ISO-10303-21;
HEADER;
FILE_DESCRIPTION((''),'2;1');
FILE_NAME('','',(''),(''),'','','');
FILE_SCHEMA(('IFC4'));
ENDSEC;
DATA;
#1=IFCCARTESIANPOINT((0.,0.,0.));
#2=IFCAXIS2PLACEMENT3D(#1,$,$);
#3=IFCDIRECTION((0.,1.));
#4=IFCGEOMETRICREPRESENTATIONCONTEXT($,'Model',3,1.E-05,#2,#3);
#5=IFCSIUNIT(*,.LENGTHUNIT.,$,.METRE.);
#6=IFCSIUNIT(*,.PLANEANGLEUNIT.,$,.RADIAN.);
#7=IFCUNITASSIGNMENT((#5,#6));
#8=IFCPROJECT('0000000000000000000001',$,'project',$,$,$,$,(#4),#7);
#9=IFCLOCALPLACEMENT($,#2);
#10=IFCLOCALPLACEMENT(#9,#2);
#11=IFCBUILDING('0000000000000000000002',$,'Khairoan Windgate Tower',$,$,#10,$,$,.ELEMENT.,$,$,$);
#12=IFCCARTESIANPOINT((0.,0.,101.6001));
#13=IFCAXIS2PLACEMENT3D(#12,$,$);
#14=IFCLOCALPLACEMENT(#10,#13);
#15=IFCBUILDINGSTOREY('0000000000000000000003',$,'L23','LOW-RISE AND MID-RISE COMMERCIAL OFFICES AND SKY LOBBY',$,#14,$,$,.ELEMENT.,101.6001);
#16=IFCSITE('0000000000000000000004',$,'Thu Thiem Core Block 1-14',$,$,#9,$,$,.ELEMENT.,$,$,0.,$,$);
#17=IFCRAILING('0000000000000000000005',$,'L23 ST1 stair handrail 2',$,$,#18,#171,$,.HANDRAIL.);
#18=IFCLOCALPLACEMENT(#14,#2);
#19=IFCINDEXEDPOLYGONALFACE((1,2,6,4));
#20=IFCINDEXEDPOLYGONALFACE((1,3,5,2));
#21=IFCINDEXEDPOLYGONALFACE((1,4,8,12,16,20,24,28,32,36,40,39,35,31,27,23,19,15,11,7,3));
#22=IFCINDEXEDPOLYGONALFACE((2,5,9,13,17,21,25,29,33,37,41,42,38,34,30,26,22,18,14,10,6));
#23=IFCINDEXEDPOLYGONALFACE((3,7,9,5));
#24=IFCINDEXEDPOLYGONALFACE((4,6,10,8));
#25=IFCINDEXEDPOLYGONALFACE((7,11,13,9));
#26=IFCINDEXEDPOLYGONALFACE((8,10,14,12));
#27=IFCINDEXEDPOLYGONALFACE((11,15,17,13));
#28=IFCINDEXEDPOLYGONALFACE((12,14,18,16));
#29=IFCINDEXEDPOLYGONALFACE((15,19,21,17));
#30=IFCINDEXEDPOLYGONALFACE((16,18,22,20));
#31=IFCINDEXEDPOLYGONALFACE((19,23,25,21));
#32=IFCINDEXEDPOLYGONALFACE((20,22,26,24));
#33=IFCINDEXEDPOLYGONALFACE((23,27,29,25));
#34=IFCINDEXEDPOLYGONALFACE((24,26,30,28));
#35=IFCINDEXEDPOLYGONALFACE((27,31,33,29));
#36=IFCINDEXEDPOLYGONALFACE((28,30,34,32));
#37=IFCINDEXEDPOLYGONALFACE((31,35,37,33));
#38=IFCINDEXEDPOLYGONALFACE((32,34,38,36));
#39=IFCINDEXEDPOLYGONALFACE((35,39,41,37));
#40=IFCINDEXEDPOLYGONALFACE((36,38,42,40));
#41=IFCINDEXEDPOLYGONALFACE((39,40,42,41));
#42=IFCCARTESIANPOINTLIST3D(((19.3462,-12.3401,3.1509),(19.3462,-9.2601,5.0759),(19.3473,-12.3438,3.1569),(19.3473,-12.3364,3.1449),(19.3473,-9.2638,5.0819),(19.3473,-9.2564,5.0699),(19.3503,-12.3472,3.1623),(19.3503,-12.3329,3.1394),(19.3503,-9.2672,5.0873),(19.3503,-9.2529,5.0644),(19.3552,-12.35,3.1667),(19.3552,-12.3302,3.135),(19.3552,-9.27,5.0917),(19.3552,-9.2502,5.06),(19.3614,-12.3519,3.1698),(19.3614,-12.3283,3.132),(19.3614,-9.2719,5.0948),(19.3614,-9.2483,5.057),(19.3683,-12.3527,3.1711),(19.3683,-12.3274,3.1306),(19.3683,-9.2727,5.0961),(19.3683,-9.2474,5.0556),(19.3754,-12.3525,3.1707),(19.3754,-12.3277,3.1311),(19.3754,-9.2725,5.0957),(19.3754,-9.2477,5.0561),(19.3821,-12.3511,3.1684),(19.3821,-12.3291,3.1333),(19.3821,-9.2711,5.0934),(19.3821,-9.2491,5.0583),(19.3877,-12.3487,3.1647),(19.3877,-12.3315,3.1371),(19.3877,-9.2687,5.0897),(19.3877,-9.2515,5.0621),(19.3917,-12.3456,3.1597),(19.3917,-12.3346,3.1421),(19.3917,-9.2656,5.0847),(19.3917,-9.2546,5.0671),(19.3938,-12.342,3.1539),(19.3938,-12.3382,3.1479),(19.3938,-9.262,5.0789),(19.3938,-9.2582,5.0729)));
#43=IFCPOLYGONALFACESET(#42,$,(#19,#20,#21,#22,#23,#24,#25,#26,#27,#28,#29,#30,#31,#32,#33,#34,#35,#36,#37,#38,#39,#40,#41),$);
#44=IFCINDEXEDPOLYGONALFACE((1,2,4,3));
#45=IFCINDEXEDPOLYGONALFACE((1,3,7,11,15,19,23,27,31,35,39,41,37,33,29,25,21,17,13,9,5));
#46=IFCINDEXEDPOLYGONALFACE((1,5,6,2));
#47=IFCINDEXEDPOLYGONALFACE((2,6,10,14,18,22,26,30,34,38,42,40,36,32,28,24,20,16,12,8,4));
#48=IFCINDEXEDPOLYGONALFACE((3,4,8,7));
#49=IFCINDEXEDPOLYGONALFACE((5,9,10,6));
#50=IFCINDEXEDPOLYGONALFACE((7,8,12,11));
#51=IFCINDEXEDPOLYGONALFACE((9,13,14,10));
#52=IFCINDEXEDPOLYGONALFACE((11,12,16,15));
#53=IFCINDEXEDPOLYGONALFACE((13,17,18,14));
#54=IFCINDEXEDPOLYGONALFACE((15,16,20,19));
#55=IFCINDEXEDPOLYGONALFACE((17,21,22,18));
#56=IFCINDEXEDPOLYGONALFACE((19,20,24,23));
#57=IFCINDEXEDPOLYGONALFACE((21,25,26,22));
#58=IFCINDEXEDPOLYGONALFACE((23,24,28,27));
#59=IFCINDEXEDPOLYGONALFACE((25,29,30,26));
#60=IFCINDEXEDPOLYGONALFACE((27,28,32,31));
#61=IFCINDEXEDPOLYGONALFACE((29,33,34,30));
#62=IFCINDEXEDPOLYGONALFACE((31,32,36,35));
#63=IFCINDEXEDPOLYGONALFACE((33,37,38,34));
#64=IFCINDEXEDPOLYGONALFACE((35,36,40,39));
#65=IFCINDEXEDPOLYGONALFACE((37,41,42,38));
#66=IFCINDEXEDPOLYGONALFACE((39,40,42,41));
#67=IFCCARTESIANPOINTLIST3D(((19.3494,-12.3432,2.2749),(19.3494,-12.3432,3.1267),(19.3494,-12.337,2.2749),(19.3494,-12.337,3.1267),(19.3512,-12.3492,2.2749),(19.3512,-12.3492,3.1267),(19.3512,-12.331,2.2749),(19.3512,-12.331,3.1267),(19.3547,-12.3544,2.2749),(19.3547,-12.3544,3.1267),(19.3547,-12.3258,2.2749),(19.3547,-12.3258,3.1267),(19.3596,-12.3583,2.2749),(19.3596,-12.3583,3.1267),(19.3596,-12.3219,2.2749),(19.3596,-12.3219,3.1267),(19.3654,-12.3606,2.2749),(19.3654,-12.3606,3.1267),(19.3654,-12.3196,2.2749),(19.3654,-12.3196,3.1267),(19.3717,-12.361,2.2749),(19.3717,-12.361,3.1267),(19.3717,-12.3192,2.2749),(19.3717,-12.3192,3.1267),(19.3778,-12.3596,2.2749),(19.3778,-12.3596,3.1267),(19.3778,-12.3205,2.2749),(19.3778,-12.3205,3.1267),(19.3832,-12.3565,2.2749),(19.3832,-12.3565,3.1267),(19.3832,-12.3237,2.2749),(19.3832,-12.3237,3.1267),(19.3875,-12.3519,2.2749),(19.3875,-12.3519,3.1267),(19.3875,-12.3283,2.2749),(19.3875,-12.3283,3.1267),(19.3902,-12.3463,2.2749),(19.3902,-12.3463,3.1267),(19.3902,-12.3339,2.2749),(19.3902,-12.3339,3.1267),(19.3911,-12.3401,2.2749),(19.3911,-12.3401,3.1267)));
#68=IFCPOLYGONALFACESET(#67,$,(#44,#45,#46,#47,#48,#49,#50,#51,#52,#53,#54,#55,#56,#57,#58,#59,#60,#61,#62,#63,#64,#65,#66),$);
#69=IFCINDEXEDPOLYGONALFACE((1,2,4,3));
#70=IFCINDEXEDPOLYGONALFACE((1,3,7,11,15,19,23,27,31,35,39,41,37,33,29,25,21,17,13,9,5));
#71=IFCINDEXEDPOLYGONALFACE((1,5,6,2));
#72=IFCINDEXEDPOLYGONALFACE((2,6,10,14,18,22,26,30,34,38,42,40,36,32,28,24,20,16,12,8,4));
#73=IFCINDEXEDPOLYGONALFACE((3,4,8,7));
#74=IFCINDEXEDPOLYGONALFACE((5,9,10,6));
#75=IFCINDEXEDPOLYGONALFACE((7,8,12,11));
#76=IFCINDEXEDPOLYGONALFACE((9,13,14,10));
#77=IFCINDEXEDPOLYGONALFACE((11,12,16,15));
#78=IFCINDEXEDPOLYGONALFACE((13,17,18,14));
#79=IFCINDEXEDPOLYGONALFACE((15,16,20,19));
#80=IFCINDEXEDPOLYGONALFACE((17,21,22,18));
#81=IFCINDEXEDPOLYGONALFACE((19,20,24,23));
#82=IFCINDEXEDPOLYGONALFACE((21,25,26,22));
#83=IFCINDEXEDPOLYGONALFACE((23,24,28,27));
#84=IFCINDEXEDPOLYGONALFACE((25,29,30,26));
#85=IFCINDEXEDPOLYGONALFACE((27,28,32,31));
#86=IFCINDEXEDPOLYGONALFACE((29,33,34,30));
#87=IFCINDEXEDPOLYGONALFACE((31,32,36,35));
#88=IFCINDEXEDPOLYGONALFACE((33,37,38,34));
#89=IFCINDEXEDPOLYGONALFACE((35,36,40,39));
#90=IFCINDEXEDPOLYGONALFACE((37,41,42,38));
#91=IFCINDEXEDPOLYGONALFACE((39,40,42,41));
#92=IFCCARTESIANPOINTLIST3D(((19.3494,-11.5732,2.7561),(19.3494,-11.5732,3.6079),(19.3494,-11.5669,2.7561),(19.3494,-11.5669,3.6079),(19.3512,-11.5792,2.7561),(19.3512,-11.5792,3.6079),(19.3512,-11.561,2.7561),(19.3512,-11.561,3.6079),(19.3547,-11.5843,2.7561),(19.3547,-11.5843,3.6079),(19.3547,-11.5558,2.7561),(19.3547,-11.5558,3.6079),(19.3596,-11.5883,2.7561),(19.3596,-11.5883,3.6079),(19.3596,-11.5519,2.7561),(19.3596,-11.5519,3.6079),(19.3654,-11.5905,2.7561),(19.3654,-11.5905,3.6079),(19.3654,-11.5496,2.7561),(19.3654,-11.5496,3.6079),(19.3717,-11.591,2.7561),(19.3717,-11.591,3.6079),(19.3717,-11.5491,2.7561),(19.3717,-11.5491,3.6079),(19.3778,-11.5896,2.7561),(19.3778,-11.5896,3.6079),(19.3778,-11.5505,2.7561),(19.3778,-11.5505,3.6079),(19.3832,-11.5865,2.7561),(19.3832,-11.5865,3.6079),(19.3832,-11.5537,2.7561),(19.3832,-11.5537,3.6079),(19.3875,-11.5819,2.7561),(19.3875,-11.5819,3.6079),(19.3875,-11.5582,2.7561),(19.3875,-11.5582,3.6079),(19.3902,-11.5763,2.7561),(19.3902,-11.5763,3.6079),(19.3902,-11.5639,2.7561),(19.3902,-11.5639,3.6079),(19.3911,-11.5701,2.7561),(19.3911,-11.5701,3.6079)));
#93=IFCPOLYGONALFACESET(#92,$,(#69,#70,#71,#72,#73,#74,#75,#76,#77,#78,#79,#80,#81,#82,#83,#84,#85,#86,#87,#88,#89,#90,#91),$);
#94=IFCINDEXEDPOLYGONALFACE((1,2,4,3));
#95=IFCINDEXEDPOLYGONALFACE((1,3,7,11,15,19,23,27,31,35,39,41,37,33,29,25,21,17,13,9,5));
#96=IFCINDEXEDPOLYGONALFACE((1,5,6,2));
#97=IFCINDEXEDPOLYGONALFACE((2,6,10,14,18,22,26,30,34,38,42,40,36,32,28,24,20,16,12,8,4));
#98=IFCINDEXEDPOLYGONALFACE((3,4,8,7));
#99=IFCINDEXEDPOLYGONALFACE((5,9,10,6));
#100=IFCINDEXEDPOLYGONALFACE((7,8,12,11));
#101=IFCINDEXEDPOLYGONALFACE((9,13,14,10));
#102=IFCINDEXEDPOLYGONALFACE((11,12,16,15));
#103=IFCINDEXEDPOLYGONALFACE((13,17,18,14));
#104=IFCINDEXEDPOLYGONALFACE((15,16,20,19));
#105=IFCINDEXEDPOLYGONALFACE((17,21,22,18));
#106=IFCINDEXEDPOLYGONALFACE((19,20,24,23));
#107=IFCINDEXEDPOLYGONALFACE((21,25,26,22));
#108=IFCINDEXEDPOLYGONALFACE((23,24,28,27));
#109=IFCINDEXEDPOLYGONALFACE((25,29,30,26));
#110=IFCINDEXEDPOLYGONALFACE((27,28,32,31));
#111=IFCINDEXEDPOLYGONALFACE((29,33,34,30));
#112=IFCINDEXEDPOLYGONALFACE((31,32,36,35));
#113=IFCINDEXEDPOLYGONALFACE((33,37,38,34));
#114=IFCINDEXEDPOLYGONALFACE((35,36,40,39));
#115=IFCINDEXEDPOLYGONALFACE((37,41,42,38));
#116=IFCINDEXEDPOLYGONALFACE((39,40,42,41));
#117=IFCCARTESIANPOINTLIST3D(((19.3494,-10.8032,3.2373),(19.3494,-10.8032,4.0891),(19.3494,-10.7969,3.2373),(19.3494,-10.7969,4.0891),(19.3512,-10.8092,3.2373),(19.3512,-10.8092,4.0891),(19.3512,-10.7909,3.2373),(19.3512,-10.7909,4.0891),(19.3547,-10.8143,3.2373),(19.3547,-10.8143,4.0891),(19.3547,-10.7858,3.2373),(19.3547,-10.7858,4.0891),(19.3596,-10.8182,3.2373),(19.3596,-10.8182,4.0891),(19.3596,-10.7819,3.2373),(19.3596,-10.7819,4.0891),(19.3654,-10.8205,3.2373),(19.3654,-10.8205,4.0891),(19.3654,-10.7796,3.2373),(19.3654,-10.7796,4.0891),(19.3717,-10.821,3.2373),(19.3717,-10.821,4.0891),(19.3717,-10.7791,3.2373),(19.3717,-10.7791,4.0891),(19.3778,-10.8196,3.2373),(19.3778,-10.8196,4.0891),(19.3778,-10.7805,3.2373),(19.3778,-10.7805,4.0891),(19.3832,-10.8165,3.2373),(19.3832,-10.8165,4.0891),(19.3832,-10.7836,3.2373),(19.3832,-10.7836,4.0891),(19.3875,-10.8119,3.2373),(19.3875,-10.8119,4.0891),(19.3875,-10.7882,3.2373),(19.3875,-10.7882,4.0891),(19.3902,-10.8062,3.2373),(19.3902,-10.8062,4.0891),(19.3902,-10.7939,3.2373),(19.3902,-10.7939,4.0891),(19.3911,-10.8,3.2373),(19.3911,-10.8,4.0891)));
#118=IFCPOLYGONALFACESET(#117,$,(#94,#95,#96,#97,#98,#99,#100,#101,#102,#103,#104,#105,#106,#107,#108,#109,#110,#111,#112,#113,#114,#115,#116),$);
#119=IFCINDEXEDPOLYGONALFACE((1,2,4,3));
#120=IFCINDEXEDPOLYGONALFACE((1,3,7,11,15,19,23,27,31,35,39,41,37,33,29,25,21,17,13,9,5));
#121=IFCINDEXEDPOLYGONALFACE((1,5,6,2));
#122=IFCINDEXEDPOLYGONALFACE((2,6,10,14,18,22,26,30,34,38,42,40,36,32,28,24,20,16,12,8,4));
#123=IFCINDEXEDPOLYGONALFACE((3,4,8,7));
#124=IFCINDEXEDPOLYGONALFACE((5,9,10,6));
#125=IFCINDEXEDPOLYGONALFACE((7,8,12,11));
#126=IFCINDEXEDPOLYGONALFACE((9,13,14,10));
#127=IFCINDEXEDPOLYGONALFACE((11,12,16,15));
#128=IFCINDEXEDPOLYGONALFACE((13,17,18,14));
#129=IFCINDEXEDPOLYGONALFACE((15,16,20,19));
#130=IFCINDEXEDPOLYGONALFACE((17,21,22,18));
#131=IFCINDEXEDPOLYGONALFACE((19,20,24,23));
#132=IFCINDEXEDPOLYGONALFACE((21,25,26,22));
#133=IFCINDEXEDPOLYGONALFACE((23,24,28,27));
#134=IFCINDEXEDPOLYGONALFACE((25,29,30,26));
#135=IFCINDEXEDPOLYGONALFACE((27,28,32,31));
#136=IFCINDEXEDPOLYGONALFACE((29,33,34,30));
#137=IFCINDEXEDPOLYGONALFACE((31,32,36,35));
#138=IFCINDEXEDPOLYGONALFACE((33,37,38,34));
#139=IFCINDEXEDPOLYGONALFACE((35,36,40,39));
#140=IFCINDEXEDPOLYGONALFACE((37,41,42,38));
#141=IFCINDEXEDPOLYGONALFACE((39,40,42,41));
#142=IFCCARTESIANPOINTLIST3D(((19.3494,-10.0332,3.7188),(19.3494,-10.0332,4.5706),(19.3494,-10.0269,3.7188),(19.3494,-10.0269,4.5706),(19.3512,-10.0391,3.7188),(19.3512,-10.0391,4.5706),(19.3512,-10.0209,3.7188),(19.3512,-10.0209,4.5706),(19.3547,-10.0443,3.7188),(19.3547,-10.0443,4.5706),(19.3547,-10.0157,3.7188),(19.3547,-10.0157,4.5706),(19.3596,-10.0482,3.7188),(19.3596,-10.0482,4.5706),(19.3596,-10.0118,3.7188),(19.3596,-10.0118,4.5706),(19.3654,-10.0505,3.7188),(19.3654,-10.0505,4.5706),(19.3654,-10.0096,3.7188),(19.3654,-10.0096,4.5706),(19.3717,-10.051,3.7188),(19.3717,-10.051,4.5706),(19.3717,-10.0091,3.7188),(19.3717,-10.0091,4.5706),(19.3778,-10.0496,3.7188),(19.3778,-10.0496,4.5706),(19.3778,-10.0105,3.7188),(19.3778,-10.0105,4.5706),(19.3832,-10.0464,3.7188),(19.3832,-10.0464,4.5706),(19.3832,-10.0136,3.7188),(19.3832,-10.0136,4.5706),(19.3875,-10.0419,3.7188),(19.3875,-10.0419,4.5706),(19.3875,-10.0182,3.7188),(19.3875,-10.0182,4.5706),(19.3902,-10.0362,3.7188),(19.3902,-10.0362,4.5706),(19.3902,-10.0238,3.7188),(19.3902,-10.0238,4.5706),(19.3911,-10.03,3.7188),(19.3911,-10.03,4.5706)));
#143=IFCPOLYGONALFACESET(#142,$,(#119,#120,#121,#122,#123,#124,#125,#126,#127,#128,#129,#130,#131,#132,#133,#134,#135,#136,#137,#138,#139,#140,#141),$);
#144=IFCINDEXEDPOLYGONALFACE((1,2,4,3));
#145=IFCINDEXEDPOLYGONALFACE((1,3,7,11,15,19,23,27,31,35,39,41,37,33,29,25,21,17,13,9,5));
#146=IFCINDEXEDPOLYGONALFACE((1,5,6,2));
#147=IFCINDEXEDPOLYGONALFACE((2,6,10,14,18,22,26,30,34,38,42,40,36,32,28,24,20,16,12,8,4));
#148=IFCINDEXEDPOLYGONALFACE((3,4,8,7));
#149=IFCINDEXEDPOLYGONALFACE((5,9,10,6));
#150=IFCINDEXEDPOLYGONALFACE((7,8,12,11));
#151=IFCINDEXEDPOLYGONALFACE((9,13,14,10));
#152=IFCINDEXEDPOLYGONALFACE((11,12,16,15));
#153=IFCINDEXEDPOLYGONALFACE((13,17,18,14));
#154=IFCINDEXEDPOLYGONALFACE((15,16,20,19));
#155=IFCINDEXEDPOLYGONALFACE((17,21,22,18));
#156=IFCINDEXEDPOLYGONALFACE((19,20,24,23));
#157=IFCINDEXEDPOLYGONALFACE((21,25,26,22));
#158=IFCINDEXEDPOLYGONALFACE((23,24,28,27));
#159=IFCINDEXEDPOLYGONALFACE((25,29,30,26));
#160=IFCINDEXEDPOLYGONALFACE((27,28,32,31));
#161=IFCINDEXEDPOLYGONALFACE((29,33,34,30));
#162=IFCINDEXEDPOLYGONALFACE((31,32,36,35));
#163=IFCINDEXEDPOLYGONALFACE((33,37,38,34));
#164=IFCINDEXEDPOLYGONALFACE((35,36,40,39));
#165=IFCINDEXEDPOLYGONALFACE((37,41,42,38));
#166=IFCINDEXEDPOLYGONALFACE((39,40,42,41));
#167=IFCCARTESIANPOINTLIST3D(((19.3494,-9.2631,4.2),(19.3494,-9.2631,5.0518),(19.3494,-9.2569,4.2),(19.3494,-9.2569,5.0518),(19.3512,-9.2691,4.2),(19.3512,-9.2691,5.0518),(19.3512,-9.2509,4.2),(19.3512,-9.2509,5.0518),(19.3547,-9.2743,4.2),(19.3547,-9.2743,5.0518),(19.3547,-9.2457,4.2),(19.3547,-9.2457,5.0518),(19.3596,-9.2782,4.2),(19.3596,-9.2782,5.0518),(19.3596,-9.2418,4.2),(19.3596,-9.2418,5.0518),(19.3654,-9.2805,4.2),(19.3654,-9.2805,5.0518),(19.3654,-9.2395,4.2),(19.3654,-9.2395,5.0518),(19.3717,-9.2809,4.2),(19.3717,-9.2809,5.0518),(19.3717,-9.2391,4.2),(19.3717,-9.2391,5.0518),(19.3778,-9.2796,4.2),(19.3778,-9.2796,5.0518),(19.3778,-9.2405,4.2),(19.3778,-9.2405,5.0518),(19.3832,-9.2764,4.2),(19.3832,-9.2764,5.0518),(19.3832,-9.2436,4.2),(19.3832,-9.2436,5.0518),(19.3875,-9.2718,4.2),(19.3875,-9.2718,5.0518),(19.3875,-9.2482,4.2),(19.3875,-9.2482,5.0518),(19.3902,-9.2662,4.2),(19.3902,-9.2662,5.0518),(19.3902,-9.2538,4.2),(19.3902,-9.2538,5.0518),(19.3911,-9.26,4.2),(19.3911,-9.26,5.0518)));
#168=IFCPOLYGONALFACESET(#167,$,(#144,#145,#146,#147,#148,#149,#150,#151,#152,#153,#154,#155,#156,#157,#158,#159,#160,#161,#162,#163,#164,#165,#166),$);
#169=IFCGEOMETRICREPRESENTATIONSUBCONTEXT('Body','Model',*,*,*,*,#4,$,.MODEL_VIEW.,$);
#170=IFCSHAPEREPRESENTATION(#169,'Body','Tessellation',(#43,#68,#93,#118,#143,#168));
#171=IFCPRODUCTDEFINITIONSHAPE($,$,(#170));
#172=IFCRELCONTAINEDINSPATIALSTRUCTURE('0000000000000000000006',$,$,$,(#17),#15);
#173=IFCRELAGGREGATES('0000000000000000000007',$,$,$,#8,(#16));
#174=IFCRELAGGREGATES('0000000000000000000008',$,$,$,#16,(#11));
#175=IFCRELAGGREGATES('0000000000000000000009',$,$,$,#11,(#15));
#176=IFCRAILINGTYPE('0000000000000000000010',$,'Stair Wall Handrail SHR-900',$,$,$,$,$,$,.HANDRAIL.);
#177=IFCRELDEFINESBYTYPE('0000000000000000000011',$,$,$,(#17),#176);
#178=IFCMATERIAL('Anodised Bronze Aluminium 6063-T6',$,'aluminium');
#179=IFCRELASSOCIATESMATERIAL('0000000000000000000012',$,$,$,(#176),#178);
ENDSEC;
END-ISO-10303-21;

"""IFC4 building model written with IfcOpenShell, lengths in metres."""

from ifc_helpers import new_model, si_unit, direction, frame, origin, origin_2d, place, context, subcontext, project, spatial, circle, extrude, material, type_object, element, save


model = new_model("IFC4")

# Units and contexts
model_context = context("Model", 3, precision=1e-05, world=origin(), true_north=direction((0.0, 1.0)))
body_context = subcontext(model_context, "Body", "Model", "MODEL_VIEW")
ifc_project = project(units=[si_unit("LENGTHUNIT", "METRE"), si_unit("PLANEANGLEUNIT", "RADIAN")], contexts=[model_context])

# Site, building, storey
site_placement = place(None, origin())
site = spatial("IfcSite", under=ifc_project, at=site_placement, Name="Thu Thiem Core Block 1-14", CompositionType="ELEMENT", RefElevation=0.0)
building_placement = place(site_placement, origin())
building = spatial("IfcBuilding", under=site, at=building_placement, Name="Khairoan Windgate Tower", CompositionType="ELEMENT")
storey_placement = place(building_placement, frame((0.0, 0.0, 101.6001)))
storey = spatial("IfcBuildingStorey", under=building, at=storey_placement, Name="L23", Description="LOW-RISE AND MID-RISE COMMERCIAL OFFICES AND SKY LOBBY", CompositionType="ELEMENT", Elevation=101.6001)

# Railing
ifc_material_1 = material(Name="Anodised Bronze Aluminium 6063-T6", Category="aluminium")
railing_type_1 = type_object("IfcRailingType", Name="Stair Wall Handrail SHR-900", PredefinedType="HANDRAIL", material=ifc_material_1)
railing_1_placement = place(storey_placement, frame((19.3701, -12.3401, 2.2749)))
element("IfcRailing", 1, at=railing_1_placement, inside=storey, type_object=railing_type_1, Name="L23 ST1 stair handrail 2", PredefinedType="HANDRAIL", context=body_context, shape_type="SweptSolid", body=[
    extrude(circle(Radius=0.0239, at=origin_2d()), frame((0.0, 0.0, 0.876), z_axis=(0.0, 0.847998, 0.529999), x_axis=(-1.0, 0.0, 0.0)), (0.0, 0.0, 1.0), 3.6321),
    extrude(circle(Radius=0.021, at=origin_2d()), origin(), (0.0, 0.0, 1.0), 0.8518),
    extrude(circle(Radius=0.021, at=origin_2d()), frame((0.0, 0.77, 0.4812)), (0.0, 0.0, 1.0), 0.8518),
    extrude(circle(Radius=0.021, at=origin_2d()), frame((0.0, 1.54, 0.9624)), (0.0, 0.0, 1.0), 0.8518),
    extrude(circle(Radius=0.021, at=origin_2d()), frame((0.0, 2.3101, 1.4438)), (0.0, 0.0, 1.0), 0.8518),
    extrude(circle(Radius=0.021, at=origin_2d()), frame((0.0, 3.0801, 1.925)), (0.0, 0.0, 1.0), 0.8518),
])

save(model, "model.ifc")
